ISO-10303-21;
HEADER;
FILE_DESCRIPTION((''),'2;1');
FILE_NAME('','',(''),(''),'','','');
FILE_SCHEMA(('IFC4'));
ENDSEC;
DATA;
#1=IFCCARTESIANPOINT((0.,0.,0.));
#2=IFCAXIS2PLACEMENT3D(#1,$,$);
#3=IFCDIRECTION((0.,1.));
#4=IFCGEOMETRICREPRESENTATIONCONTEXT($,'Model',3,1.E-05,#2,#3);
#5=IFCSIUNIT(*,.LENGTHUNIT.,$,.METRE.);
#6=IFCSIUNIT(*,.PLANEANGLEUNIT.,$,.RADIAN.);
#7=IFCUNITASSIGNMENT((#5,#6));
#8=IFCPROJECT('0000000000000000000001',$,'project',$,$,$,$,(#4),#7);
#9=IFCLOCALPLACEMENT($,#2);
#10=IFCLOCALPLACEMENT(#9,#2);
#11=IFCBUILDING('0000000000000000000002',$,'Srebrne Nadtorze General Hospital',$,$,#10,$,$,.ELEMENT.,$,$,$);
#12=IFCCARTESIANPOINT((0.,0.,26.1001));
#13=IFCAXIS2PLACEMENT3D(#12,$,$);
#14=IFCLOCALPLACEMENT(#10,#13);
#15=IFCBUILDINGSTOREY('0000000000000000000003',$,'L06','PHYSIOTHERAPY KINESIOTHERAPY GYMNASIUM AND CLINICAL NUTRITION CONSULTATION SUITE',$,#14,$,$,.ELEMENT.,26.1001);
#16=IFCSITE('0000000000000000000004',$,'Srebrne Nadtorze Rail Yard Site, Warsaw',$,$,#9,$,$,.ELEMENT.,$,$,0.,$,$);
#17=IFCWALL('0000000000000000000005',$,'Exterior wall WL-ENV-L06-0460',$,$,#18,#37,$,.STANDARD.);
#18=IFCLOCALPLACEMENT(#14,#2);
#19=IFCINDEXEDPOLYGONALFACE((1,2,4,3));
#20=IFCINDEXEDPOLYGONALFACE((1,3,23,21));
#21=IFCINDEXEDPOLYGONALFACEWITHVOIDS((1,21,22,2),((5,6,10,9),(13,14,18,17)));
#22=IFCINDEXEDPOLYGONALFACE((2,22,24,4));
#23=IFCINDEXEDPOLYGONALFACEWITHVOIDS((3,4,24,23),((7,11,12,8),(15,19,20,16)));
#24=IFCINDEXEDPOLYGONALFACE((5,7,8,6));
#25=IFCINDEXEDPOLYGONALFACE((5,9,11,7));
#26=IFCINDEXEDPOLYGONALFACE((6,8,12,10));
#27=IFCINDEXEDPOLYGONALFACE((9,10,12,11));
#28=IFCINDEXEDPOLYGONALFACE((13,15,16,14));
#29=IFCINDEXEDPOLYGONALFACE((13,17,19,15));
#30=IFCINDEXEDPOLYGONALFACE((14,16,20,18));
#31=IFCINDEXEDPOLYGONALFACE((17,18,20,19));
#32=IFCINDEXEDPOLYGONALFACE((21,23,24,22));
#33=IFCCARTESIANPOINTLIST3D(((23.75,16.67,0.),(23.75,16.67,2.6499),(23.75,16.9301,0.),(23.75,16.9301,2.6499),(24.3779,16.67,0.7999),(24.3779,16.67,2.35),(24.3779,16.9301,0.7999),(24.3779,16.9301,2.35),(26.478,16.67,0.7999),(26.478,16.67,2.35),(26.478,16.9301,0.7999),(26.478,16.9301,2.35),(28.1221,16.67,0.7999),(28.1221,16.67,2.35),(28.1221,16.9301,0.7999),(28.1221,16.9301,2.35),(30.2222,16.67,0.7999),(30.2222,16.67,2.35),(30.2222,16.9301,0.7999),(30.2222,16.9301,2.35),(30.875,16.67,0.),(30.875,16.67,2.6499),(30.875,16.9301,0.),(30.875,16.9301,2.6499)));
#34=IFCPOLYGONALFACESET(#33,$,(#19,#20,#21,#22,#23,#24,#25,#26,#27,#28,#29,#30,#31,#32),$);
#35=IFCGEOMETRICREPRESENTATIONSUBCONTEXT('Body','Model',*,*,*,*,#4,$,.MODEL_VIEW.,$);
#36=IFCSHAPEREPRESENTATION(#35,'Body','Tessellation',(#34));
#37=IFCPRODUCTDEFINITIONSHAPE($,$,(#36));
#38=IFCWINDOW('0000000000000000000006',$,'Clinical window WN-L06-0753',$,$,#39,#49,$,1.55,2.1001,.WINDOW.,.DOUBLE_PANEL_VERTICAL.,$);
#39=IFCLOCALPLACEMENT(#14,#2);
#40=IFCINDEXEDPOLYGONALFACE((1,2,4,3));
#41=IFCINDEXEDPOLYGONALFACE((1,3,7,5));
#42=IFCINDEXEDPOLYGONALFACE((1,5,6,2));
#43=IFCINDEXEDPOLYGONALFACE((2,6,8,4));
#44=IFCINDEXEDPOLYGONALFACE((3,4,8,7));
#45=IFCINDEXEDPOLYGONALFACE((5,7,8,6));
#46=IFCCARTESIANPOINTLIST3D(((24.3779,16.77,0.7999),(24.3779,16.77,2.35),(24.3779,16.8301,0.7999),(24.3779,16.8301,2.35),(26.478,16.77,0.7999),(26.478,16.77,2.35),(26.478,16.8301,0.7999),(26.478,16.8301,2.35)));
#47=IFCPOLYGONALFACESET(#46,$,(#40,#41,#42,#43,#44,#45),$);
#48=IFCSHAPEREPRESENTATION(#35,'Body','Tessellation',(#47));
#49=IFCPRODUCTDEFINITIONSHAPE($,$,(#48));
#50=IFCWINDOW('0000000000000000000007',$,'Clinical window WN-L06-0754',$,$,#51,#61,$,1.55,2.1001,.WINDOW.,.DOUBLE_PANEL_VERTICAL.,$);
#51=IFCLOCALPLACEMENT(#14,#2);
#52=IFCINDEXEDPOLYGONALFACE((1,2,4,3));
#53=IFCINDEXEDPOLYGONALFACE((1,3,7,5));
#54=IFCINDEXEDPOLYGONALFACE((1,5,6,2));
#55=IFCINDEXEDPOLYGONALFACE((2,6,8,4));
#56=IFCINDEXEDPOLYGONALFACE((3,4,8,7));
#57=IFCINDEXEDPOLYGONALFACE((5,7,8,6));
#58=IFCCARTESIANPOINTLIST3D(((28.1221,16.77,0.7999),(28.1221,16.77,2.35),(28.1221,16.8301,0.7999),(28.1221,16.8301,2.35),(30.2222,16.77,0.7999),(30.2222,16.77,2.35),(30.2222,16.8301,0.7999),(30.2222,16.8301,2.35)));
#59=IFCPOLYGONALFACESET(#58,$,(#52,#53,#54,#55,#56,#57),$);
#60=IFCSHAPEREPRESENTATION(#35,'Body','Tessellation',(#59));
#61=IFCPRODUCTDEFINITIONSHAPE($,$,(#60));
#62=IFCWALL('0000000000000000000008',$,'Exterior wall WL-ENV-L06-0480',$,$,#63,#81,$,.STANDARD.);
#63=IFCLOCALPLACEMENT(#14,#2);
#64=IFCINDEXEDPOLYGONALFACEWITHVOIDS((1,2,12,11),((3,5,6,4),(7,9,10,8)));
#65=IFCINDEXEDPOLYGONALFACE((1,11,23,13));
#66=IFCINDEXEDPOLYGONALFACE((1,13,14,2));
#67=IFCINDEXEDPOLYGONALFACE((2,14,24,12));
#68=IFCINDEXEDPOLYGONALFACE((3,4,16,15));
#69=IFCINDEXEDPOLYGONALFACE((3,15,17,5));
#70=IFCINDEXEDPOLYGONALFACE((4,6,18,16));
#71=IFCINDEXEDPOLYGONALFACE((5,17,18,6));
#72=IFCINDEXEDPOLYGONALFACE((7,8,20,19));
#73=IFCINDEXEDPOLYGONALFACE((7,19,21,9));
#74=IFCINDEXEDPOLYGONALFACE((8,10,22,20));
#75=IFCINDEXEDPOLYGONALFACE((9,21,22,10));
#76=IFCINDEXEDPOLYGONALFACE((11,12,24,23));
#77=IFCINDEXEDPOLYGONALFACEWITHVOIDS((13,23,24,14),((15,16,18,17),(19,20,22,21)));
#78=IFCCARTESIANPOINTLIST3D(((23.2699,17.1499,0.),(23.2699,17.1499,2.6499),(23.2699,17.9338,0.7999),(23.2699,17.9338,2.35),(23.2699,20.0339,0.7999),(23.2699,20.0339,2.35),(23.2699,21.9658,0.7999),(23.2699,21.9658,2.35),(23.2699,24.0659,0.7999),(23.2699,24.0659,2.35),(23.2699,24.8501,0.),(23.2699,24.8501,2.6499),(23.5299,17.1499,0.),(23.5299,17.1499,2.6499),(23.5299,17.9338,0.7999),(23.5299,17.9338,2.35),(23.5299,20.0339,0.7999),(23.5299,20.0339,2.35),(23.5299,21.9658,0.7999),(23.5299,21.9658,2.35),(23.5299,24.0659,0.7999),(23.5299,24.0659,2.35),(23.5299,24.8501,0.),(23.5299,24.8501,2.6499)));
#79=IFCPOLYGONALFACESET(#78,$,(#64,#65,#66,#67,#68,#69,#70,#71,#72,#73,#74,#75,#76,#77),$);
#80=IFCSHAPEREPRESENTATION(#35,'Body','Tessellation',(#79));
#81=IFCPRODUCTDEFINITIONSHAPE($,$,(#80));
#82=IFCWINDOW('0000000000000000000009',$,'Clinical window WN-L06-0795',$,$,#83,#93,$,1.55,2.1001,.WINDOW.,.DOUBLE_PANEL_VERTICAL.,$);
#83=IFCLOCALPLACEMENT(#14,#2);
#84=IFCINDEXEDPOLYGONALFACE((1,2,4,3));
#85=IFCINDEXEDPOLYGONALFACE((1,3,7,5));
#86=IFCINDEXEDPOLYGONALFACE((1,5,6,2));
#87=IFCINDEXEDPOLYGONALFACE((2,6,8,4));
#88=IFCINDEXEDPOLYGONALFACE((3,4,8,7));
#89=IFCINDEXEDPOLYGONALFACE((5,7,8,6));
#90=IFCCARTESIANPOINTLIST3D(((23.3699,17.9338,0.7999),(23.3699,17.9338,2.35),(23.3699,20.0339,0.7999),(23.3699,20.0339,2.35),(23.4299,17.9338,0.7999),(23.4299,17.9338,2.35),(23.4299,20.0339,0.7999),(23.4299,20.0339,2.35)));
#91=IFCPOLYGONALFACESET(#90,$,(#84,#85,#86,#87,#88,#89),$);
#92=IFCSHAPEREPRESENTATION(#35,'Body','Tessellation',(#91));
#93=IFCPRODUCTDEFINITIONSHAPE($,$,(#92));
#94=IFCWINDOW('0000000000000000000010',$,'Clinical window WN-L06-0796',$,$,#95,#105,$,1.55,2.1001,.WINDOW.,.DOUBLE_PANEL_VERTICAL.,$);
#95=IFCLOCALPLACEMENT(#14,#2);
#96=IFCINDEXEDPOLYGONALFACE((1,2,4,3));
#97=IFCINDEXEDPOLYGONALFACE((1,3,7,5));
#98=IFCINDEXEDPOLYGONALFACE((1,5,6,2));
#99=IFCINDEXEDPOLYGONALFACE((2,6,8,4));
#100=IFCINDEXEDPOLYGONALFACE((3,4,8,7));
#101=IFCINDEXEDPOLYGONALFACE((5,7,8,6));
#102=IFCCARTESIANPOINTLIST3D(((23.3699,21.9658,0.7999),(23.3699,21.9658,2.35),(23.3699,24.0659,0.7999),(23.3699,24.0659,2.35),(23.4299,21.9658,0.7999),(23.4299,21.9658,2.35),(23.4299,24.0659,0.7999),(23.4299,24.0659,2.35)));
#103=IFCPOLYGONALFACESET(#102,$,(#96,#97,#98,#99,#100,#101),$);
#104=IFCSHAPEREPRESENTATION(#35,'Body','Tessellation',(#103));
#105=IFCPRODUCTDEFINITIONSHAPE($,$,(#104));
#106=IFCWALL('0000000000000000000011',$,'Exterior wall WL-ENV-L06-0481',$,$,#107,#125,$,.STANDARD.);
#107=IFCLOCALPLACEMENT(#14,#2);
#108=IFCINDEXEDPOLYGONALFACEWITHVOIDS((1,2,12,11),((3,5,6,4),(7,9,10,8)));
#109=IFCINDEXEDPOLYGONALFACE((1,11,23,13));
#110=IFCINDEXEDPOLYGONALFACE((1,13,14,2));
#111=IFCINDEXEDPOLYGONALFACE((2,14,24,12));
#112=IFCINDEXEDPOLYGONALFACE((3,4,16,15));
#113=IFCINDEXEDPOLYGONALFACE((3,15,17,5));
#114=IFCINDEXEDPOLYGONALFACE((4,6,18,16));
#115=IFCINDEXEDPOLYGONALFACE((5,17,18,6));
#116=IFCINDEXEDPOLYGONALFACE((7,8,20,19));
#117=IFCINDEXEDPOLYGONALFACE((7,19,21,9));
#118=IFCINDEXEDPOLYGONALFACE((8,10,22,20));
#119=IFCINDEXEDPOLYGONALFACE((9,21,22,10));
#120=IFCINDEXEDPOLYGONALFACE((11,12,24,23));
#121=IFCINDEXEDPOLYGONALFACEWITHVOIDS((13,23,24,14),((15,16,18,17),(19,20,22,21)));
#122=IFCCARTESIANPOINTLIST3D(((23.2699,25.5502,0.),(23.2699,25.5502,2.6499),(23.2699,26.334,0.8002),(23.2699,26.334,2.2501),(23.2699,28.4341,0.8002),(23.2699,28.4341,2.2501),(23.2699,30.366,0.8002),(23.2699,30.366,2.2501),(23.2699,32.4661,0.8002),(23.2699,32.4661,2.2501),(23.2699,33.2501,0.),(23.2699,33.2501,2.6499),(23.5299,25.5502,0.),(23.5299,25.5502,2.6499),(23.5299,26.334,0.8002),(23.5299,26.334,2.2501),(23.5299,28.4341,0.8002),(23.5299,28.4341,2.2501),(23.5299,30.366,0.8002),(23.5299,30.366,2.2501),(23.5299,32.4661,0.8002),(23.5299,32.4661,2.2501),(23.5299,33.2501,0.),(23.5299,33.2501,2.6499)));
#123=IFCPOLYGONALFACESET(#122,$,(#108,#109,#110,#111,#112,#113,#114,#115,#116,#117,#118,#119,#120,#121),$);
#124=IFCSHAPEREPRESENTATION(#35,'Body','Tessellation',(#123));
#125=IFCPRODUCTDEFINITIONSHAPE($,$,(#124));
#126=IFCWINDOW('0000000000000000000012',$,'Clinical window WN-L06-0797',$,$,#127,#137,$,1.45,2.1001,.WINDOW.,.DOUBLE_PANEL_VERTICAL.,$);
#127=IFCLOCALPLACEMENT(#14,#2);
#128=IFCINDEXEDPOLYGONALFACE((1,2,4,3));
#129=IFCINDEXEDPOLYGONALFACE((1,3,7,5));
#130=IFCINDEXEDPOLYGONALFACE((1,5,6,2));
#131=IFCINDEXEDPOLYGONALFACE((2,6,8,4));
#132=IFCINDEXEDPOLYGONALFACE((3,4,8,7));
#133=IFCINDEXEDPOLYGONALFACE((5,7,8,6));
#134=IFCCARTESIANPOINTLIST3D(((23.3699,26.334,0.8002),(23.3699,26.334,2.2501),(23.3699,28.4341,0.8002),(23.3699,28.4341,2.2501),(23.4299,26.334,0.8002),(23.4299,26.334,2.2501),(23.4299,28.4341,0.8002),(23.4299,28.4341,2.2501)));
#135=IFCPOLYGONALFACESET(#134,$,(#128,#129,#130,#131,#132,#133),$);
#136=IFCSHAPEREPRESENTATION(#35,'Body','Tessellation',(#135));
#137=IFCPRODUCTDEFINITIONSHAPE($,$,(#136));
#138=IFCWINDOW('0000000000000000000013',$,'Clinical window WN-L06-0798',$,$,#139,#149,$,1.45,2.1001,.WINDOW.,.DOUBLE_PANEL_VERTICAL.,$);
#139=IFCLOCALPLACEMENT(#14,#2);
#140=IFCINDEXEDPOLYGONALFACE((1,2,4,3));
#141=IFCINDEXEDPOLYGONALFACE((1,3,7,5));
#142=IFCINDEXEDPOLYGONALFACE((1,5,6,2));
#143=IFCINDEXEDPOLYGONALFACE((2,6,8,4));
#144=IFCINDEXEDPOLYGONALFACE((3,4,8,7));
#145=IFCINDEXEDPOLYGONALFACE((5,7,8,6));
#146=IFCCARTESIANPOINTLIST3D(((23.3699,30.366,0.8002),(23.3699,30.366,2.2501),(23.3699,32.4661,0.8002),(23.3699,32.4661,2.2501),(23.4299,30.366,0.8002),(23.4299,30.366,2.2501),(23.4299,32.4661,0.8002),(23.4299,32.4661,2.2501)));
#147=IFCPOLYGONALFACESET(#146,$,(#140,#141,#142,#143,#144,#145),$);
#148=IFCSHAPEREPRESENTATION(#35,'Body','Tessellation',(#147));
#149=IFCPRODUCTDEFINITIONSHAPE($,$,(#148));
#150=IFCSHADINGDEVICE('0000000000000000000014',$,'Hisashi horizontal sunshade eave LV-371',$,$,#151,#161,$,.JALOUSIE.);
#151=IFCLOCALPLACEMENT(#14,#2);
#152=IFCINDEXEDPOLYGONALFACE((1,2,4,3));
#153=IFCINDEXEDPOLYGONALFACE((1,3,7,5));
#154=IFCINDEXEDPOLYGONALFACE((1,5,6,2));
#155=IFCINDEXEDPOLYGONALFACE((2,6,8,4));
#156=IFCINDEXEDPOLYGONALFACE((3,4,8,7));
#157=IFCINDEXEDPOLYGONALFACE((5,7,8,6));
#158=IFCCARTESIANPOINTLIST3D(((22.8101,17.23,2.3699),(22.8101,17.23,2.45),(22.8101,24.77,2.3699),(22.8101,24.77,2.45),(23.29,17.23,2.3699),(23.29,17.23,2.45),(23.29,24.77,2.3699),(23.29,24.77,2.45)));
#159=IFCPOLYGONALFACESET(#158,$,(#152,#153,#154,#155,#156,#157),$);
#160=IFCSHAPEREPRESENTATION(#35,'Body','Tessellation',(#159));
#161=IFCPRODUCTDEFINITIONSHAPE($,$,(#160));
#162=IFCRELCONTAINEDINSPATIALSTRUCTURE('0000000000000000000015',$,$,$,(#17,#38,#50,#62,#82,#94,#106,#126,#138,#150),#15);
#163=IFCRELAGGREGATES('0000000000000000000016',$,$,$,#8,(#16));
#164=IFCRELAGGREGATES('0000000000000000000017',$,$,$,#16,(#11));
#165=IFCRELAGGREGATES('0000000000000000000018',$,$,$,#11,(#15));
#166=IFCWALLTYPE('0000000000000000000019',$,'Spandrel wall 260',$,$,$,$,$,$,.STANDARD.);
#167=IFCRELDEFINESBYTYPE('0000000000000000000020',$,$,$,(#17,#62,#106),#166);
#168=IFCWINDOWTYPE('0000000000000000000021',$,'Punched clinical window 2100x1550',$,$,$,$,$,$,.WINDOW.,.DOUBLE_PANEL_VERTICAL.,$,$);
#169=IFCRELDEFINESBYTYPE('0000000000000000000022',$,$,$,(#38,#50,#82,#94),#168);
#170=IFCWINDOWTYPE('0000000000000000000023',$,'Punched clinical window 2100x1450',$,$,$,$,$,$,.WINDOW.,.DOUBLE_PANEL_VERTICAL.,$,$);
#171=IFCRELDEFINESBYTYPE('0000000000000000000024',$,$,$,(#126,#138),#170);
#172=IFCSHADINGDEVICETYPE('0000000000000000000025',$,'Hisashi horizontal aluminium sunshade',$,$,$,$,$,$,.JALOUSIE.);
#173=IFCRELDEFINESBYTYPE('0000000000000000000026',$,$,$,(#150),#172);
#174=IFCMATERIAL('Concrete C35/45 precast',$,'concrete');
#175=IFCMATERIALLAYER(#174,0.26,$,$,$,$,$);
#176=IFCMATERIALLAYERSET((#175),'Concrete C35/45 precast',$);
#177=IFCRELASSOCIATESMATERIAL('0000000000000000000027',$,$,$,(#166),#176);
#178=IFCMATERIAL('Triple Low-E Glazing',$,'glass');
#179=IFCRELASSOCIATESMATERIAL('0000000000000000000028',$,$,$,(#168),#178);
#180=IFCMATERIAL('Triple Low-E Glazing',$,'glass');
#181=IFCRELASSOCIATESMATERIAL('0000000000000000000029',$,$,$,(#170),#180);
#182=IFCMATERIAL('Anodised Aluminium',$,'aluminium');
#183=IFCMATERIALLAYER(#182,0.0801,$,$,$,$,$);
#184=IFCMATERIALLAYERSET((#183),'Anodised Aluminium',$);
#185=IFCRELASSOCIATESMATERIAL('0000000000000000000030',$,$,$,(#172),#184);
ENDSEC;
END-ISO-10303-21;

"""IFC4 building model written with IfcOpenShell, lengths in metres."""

from ifc_helpers import new_model, si_unit, direction, frame, frame_2d, origin, origin_2d, place, context, subcontext, project, spatial, rectangle, extrude, material, layer, layer_set, type_object, element, fill, save


model = new_model("IFC4")

# Units and contexts
model_context = context("Model", 3, precision=1e-05, world=origin(), true_north=direction((0.0, 1.0)))
body_context = subcontext(model_context, "Body", "Model", "MODEL_VIEW")
ifc_project = project(units=[si_unit("LENGTHUNIT", "METRE"), si_unit("PLANEANGLEUNIT", "RADIAN")], contexts=[model_context])

# Site, building, storey
site_placement = place(None, origin())
site = spatial("IfcSite", under=ifc_project, at=site_placement, Name="Srebrne Nadtorze Rail Yard Site, Warsaw", CompositionType="ELEMENT", RefElevation=0.0)
building_placement = place(site_placement, origin())
building = spatial("IfcBuilding", under=site, at=building_placement, Name="Srebrne Nadtorze General Hospital", CompositionType="ELEMENT")
storey_placement = place(building_placement, frame((0.0, 0.0, 26.1001)))
storey = spatial("IfcBuildingStorey", under=building, at=storey_placement, Name="L06", Description="PHYSIOTHERAPY KINESIOTHERAPY GYMNASIUM AND CLINICAL NUTRITION CONSULTATION SUITE", CompositionType="ELEMENT", Elevation=26.1001)

# Walls, openings, windows
ifc_material_1 = material(Name="Concrete C35/45 precast", Category="concrete")
ifc_layer_1 = layer(ifc_material_1, 0.26)
ifc_layer_set_1 = layer_set([ifc_layer_1], Name="Concrete C35/45 precast")
wall_type_1 = type_object("IfcWallType", Name="Spandrel wall 260", PredefinedType="STANDARD", material=ifc_layer_set_1)
wall_1_placement = place(storey_placement, frame((23.75, 16.8, 0.0), z_axis=(0.0, 0.0, 1.0), x_axis=(1.0, 0.0, 0.0)))
wall_1 = element("IfcWall", 1, at=wall_1_placement, inside=storey, type_object=wall_type_1, Name="Exterior wall WL-ENV-L06-0460", PredefinedType="STANDARD", context=body_context, shape_type="SweptSolid", body=[
    extrude(rectangle(XDim=7.125, YDim=0.26, at=frame_2d((3.5625, 0.0))), origin(), (0.0, 0.0, 1.0), 2.6499),
])
opening_1_placement = place(wall_1_placement, frame((0.6279, 0.0, 0.8)))
opening_1 = element("IfcOpeningElement", 2, at=opening_1_placement, cuts=wall_1, PredefinedType="OPENING", context=body_context, shape_type="SweptSolid", body=[
    extrude(rectangle(XDim=2.1001, YDim=1.55, at=frame_2d((1.05, 0.7749))), frame((0.0, 0.1421, 0.0), z_axis=(0.0, -1.0, 0.0), x_axis=(1.0, 0.0, 0.0)), (0.0, 0.0, 1.0), 0.2839),
])
opening_2_placement = place(wall_1_placement, frame((4.3721, 0.0, 0.8)))
opening_2 = element("IfcOpeningElement", 3, at=opening_2_placement, cuts=wall_1, PredefinedType="OPENING", context=body_context, shape_type="SweptSolid", body=[
    extrude(rectangle(XDim=2.1001, YDim=1.55, at=frame_2d((1.05, 0.7749))), frame((0.0, 0.1421, 0.0), z_axis=(0.0, -1.0, 0.0), x_axis=(1.0, 0.0, 0.0)), (0.0, 0.0, 1.0), 0.2839),
])
ifc_material_2 = material(Name="Triple Low-E Glazing", Category="glass")
window_type_1 = type_object("IfcWindowType", Name="Punched clinical window 2100x1550", PartitioningType="DOUBLE_PANEL_VERTICAL", PredefinedType="WINDOW", material=ifc_material_2)
window_1_placement = place(opening_1_placement, origin())
window_1 = element("IfcWindow", 4, at=window_1_placement, inside=storey, type_object=window_type_1, Name="Clinical window WN-L06-0753", OverallHeight=1.55, OverallWidth=2.1001, PartitioningType="DOUBLE_PANEL_VERTICAL", PredefinedType="WINDOW", context=body_context, shape_type="SweptSolid", body=[
    extrude(rectangle(XDim=2.1001, YDim=1.55, at=frame_2d((1.05, 0.7749))), frame((0.0, 0.03, 0.0), z_axis=(0.0, -1.0, 0.0), x_axis=(1.0, 0.0, 0.0)), (0.0, 0.0, 1.0), 0.0601),
])
fill(opening_1, window_1)
window_2_placement = place(opening_2_placement, origin())
window_2 = element("IfcWindow", 5, at=window_2_placement, inside=storey, type_object=window_type_1, Name="Clinical window WN-L06-0754", OverallHeight=1.55, OverallWidth=2.1001, PartitioningType="DOUBLE_PANEL_VERTICAL", PredefinedType="WINDOW", context=body_context, shape_type="SweptSolid", body=[
    extrude(rectangle(XDim=2.1001, YDim=1.55, at=frame_2d((1.05, 0.7749))), frame((0.0, 0.03, 0.0), z_axis=(0.0, -1.0, 0.0), x_axis=(1.0, 0.0, 0.0)), (0.0, 0.0, 1.0), 0.0601),
])
fill(opening_2, window_2)
wall_2_placement = place(storey_placement, frame((23.3999, 17.1499, 0.0), z_axis=(0.0, 0.0, 1.0), x_axis=(0.0, 1.0, 0.0)))
wall_2 = element("IfcWall", 6, at=wall_2_placement, inside=storey, type_object=wall_type_1, Name="Exterior wall WL-ENV-L06-0480", PredefinedType="STANDARD", context=body_context, shape_type="SweptSolid", body=[
    extrude(rectangle(XDim=7.7002, YDim=0.26, at=frame_2d((3.8501, 0.0))), origin(), (0.0, 0.0, 1.0), 2.6499),
])
opening_3_placement = place(wall_2_placement, frame((0.7839, 0.0, 0.8)))
opening_3 = element("IfcOpeningElement", 7, at=opening_3_placement, cuts=wall_2, PredefinedType="OPENING", context=body_context, shape_type="SweptSolid", body=[
    extrude(rectangle(XDim=2.1001, YDim=1.55, at=frame_2d((1.05, 0.7749))), frame((0.0, 0.1421, 0.0), z_axis=(0.0, -1.0, 0.0), x_axis=(1.0, 0.0, 0.0)), (0.0, 0.0, 1.0), 0.2839),
])
opening_4_placement = place(wall_2_placement, frame((4.8159, 0.0, 0.8)))
opening_4 = element("IfcOpeningElement", 8, at=opening_4_placement, cuts=wall_2, PredefinedType="OPENING", context=body_context, shape_type="SweptSolid", body=[
    extrude(rectangle(XDim=2.1001, YDim=1.55, at=frame_2d((1.05, 0.7749))), frame((0.0, 0.1421, 0.0), z_axis=(0.0, -1.0, 0.0), x_axis=(1.0, 0.0, 0.0)), (0.0, 0.0, 1.0), 0.2839),
])
window_3_placement = place(opening_3_placement, origin())
window_3 = element("IfcWindow", 9, at=window_3_placement, inside=storey, type_object=window_type_1, Name="Clinical window WN-L06-0795", OverallHeight=1.55, OverallWidth=2.1001, PartitioningType="DOUBLE_PANEL_VERTICAL", PredefinedType="WINDOW", context=body_context, shape_type="SweptSolid", body=[
    extrude(rectangle(XDim=2.1001, YDim=1.55, at=frame_2d((1.05, 0.7749))), frame((0.0, 0.03, 0.0), z_axis=(0.0, -1.0, 0.0), x_axis=(1.0, 0.0, 0.0)), (0.0, 0.0, 1.0), 0.0601),
])
fill(opening_3, window_3)
window_4_placement = place(opening_4_placement, origin())
window_4 = element("IfcWindow", 10, at=window_4_placement, inside=storey, type_object=window_type_1, Name="Clinical window WN-L06-0796", OverallHeight=1.55, OverallWidth=2.1001, PartitioningType="DOUBLE_PANEL_VERTICAL", PredefinedType="WINDOW", context=body_context, shape_type="SweptSolid", body=[
    extrude(rectangle(XDim=2.1001, YDim=1.55, at=frame_2d((1.05, 0.7749))), frame((0.0, 0.03, 0.0), z_axis=(0.0, -1.0, 0.0), x_axis=(1.0, 0.0, 0.0)), (0.0, 0.0, 1.0), 0.0601),
])
fill(opening_4, window_4)
wall_3_placement = place(storey_placement, frame((23.3999, 25.55, 0.0), z_axis=(0.0, 0.0, 1.0), x_axis=(0.0, 1.0, 0.0)))
wall_3 = element("IfcWall", 11, at=wall_3_placement, inside=storey, type_object=wall_type_1, Name="Exterior wall WL-ENV-L06-0481", PredefinedType="STANDARD", context=body_context, shape_type="SweptSolid", body=[
    extrude(rectangle(XDim=7.7, YDim=0.26, at=frame_2d((3.8501, 0.0))), origin(), (0.0, 0.0, 1.0), 2.6499),
])
opening_5_placement = place(wall_3_placement, frame((0.7839, 0.0, 0.8)))
opening_5 = element("IfcOpeningElement", 12, at=opening_5_placement, cuts=wall_3, PredefinedType="OPENING", context=body_context, shape_type="SweptSolid", body=[
    extrude(rectangle(XDim=2.1001, YDim=1.45, at=frame_2d((1.05, 0.7251))), frame((0.0, 0.1421, 0.0), z_axis=(0.0, -1.0, 0.0), x_axis=(1.0, 0.0, 0.0)), (0.0, 0.0, 1.0), 0.2839),
])
opening_6_placement = place(wall_3_placement, frame((4.8159, 0.0, 0.8)))
opening_6 = element("IfcOpeningElement", 13, at=opening_6_placement, cuts=wall_3, PredefinedType="OPENING", context=body_context, shape_type="SweptSolid", body=[
    extrude(rectangle(XDim=2.1001, YDim=1.45, at=frame_2d((1.05, 0.7251))), frame((0.0, 0.1421, 0.0), z_axis=(0.0, -1.0, 0.0), x_axis=(1.0, 0.0, 0.0)), (0.0, 0.0, 1.0), 0.2839),
])
ifc_material_3 = material(Name="Triple Low-E Glazing", Category="glass")
window_type_2 = type_object("IfcWindowType", Name="Punched clinical window 2100x1450", PartitioningType="DOUBLE_PANEL_VERTICAL", PredefinedType="WINDOW", material=ifc_material_3)
window_5_placement = place(opening_5_placement, origin())
window_5 = element("IfcWindow", 14, at=window_5_placement, inside=storey, type_object=window_type_2, Name="Clinical window WN-L06-0797", OverallHeight=1.45, OverallWidth=2.1001, PartitioningType="DOUBLE_PANEL_VERTICAL", PredefinedType="WINDOW", context=body_context, shape_type="SweptSolid", body=[
    extrude(rectangle(XDim=2.1001, YDim=1.45, at=frame_2d((1.05, 0.7251))), frame((0.0, 0.03, 0.0), z_axis=(0.0, -1.0, 0.0), x_axis=(1.0, 0.0, 0.0)), (0.0, 0.0, 1.0), 0.0601),
])
fill(opening_5, window_5)
window_6_placement = place(opening_6_placement, origin())
window_6 = element("IfcWindow", 15, at=window_6_placement, inside=storey, type_object=window_type_2, Name="Clinical window WN-L06-0798", OverallHeight=1.45, OverallWidth=2.1001, PartitioningType="DOUBLE_PANEL_VERTICAL", PredefinedType="WINDOW", context=body_context, shape_type="SweptSolid", body=[
    extrude(rectangle(XDim=2.1001, YDim=1.45, at=frame_2d((1.05, 0.7251))), frame((0.0, 0.03, 0.0), z_axis=(0.0, -1.0, 0.0), x_axis=(1.0, 0.0, 0.0)), (0.0, 0.0, 1.0), 0.0601),
])
fill(opening_6, window_6)

# Shading device
ifc_material_4 = material(Name="Anodised Aluminium", Category="aluminium")
ifc_layer_2 = layer(ifc_material_4, 0.0801)
ifc_layer_set_2 = layer_set([ifc_layer_2], Name="Anodised Aluminium")
shading_device_type = type_object("IfcShadingDeviceType", Name="Hisashi horizontal aluminium sunshade", PredefinedType="JALOUSIE", material=ifc_layer_set_2)
for number, where, z_axis, x_axis, name in (
    (16, (23.05, 21.0, 2.3699), (0.0, 0.0, 1.0), (1.0, 0.0, 0.0), "Hisashi horizontal sunshade eave LV-371"),
):
    element("IfcShadingDevice", number, at=place(storey_placement, frame(where, z_axis=z_axis, x_axis=x_axis)), inside=storey, type_object=shading_device_type, Name=name, PredefinedType="JALOUSIE", context=body_context, shape_type="SweptSolid", body=[
        extrude(rectangle(XDim=0.48, YDim=7.54, at=origin_2d()), origin(), (0.0, 0.0, 1.0), 0.0801),
    ])

save(model, "model.ifc")
